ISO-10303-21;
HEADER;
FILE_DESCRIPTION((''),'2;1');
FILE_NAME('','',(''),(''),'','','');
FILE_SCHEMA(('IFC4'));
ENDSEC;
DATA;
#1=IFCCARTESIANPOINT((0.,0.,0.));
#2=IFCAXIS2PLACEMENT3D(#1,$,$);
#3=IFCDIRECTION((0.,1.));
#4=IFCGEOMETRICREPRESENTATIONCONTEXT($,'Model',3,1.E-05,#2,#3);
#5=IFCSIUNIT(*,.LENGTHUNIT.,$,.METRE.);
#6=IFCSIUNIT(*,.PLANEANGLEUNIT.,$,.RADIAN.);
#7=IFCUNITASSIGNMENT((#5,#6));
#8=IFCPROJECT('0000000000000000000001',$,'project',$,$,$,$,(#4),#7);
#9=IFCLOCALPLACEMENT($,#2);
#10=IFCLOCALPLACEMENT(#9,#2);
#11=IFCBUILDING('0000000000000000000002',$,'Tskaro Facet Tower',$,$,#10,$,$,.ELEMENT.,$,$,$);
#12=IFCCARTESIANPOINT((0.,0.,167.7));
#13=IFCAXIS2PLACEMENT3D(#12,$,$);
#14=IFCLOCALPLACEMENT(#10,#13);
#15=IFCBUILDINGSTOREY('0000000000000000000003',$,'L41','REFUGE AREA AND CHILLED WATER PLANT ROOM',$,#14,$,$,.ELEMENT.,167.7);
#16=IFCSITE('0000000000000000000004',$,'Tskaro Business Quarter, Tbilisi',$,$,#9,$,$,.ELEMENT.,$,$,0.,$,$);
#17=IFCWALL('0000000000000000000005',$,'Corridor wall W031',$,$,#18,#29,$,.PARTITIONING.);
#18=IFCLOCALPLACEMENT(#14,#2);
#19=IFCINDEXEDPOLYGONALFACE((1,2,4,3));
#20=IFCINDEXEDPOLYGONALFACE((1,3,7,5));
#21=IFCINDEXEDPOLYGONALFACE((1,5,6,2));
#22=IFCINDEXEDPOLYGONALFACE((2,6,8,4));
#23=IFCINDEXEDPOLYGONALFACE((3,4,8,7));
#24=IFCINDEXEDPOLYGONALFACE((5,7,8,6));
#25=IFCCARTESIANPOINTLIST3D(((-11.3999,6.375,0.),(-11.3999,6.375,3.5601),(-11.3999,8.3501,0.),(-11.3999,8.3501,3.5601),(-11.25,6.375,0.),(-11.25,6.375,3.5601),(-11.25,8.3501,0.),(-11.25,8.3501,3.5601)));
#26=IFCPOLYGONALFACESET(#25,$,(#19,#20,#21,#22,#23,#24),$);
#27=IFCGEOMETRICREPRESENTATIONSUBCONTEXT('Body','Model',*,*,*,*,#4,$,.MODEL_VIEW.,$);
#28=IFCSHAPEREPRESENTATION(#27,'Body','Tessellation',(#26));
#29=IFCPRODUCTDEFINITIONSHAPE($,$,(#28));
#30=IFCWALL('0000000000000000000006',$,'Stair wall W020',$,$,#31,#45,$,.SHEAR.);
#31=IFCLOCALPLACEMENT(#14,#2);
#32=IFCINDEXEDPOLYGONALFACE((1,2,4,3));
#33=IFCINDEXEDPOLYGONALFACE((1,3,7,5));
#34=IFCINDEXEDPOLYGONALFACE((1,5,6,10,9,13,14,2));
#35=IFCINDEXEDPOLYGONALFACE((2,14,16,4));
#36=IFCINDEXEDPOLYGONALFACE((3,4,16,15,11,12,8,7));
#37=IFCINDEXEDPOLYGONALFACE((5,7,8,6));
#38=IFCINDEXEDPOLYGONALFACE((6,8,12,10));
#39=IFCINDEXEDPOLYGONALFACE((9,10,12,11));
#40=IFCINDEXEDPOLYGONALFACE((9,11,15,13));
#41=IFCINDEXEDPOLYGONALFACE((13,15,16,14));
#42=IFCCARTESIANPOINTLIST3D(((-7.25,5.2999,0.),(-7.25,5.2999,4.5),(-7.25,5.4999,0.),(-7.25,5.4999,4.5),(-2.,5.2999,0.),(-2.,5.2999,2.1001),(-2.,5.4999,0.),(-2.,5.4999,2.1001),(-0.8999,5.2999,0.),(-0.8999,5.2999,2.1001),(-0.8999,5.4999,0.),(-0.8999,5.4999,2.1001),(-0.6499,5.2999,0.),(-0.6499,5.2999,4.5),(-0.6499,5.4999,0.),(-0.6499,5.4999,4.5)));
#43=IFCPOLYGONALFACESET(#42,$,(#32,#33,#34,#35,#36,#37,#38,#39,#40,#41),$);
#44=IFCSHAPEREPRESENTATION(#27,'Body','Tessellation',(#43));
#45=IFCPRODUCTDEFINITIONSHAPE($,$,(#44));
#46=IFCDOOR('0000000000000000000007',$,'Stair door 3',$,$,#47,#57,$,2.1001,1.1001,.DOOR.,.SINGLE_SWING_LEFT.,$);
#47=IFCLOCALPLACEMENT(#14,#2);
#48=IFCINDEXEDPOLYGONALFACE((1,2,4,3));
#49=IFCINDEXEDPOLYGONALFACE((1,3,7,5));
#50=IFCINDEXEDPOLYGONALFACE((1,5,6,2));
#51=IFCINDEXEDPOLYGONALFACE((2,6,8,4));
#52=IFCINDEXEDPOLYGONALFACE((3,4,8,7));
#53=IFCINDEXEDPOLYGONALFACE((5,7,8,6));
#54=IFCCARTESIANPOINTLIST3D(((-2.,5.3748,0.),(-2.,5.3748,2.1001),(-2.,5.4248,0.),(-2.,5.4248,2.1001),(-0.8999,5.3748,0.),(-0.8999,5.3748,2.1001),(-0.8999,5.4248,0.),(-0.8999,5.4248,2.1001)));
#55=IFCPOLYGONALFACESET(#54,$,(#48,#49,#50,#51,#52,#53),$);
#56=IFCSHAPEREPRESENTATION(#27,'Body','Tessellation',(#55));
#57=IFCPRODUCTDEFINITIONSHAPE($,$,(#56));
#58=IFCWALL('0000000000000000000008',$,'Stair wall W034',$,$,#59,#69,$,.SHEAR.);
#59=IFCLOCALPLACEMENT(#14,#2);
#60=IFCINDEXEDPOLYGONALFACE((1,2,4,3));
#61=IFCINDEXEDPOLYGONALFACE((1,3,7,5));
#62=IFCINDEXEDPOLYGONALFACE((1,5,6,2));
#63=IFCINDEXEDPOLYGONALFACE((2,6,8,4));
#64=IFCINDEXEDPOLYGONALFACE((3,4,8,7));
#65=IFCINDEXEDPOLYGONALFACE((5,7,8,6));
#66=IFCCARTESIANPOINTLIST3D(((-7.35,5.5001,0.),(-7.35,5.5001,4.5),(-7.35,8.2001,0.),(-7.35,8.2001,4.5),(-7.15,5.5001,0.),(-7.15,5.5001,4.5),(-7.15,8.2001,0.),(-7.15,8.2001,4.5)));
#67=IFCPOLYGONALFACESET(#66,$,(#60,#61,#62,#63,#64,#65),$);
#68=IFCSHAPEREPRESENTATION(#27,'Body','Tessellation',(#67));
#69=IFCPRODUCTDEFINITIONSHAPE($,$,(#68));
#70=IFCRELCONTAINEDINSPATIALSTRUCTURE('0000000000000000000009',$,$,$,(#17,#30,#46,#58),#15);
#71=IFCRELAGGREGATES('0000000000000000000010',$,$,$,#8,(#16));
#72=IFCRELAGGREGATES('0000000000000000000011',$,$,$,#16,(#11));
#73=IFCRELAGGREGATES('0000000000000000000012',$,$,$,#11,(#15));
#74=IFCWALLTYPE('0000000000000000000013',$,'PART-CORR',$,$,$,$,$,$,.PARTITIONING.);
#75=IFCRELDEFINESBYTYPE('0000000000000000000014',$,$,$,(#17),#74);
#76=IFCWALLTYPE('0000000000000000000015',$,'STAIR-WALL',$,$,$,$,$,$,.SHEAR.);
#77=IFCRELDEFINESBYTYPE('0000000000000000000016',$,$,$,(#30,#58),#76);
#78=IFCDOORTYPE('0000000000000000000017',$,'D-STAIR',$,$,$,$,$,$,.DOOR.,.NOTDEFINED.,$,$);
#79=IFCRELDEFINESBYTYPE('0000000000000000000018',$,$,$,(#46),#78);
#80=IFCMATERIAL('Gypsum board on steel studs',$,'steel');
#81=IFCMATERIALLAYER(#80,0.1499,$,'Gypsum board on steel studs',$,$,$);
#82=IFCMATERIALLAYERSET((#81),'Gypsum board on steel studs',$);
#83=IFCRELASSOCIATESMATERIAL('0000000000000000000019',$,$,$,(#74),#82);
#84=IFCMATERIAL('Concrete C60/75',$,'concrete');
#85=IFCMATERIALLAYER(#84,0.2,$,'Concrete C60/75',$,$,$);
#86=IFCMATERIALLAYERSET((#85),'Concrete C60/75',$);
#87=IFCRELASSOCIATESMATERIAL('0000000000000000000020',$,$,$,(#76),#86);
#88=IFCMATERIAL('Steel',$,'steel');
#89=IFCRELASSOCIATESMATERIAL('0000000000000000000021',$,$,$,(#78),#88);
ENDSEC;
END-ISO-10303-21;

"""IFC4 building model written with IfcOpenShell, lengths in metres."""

from ifc_helpers import new_model, si_unit, direction, frame, frame_2d, origin, place, context, subcontext, project, spatial, rectangle, extrude, material, layer, layer_set, type_object, element, fill, save


model = new_model("IFC4")

# Units and contexts
model_context = context("Model", 3, precision=1e-05, world=origin(), true_north=direction((0.0, 1.0)))
body_context = subcontext(model_context, "Body", "Model", "MODEL_VIEW")
ifc_project = project(units=[si_unit("LENGTHUNIT", "METRE"), si_unit("PLANEANGLEUNIT", "RADIAN")], contexts=[model_context])

# Site, building, storey
site_placement = place(None, origin())
site = spatial("IfcSite", under=ifc_project, at=site_placement, Name="Tskaro Business Quarter, Tbilisi", CompositionType="ELEMENT", RefElevation=0.0)
building_placement = place(site_placement, origin())
building = spatial("IfcBuilding", under=site, at=building_placement, Name="Tskaro Facet Tower", CompositionType="ELEMENT")
storey_placement = place(building_placement, frame((0.0, 0.0, 167.7)))
storey = spatial("IfcBuildingStorey", under=building, at=storey_placement, Name="L41", Description="REFUGE AREA AND CHILLED WATER PLANT ROOM", CompositionType="ELEMENT", Elevation=167.7)

# Shared definitions
ifc_material_1 = material(Name="Concrete C60/75", Category="concrete")

# Shared definitions
ifc_material_2 = material(Name="Steel", Category="steel")

# Wall
ifc_material_3 = material(Name="Gypsum board on steel studs", Category="steel")
ifc_layer_1 = layer(ifc_material_3, 0.1499, Name="Gypsum board on steel studs")
ifc_layer_set_1 = layer_set([ifc_layer_1], Name="Gypsum board on steel studs")
wall_type_1 = type_object("IfcWallType", Name="PART-CORR", PredefinedType="PARTITIONING", material=ifc_layer_set_1)
wall_1_placement = place(storey_placement, frame((-11.325, 6.375, 0.0), z_axis=(0.0, 0.0, 1.0), x_axis=(0.0, 1.0, 0.0)))
element("IfcWall", 1, at=wall_1_placement, inside=storey, type_object=wall_type_1, Name="Corridor wall W031", PredefinedType="PARTITIONING", context=body_context, shape_type="SweptSolid", body=[
    extrude(rectangle(XDim=1.9751, YDim=0.1499, at=frame_2d((0.9875, 0.0))), origin(), (0.0, 0.0, 1.0), 3.5601),
])

# Wall, opening, door
ifc_layer_2 = layer(ifc_material_1, 0.2, Name="Concrete C60/75")
ifc_layer_set_2 = layer_set([ifc_layer_2], Name="Concrete C60/75")
wall_type_2 = type_object("IfcWallType", Name="STAIR-WALL", PredefinedType="SHEAR", material=ifc_layer_set_2)
wall_2_placement = place(storey_placement, frame((-7.25, 5.3999, 0.0), z_axis=(0.0, 0.0, 1.0), x_axis=(1.0, 0.0, 0.0)))
wall_2 = element("IfcWall", 2, at=wall_2_placement, inside=storey, type_object=wall_type_2, Name="Stair wall W020", PredefinedType="SHEAR", context=body_context, shape_type="SweptSolid", body=[
    extrude(rectangle(XDim=6.6001, YDim=0.2, at=frame_2d((3.3, 0.0))), origin(), (0.0, 0.0, 1.0), 4.5),
])
opening_1_placement = place(wall_2_placement, frame((5.25, 0.0, 0.0)))
opening_1 = element("IfcOpeningElement", 3, at=opening_1_placement, cuts=wall_2, PredefinedType="OPENING", context=body_context, shape_type="SweptSolid", body=[
    extrude(rectangle(XDim=1.1001, YDim=2.1001, at=frame_2d((0.55, 1.05))), frame((0.0, 0.1099, 0.0), z_axis=(0.0, -1.0, 0.0), x_axis=(1.0, 0.0, 0.0)), (0.0, 0.0, 1.0), 0.22),
])
door_type_1 = type_object("IfcDoorType", Name="D-STAIR", OperationType="NOTDEFINED", PredefinedType="DOOR", material=ifc_material_2)
door_1_placement = place(opening_1_placement, origin())
door_1 = element("IfcDoor", 4, at=door_1_placement, inside=storey, type_object=door_type_1, Name="Stair door 3", OperationType="SINGLE_SWING_LEFT", OverallHeight=2.1001, OverallWidth=1.1001, PredefinedType="DOOR", context=body_context, shape_type="SweptSolid", body=[
    extrude(rectangle(XDim=1.1001, YDim=2.1001, at=frame_2d((0.55, 1.05))), frame((0.0, 0.0249, 0.0), z_axis=(0.0, -1.0, 0.0), x_axis=(1.0, 0.0, 0.0)), (0.0, 0.0, 1.0), 0.05),
])
fill(opening_1, door_1)

# Wall
wall_3_placement = place(storey_placement, frame((-7.25, 5.5, 0.0), z_axis=(0.0, 0.0, 1.0), x_axis=(0.0, 1.0, 0.0)))
element("IfcWall", 5, at=wall_3_placement, inside=storey, type_object=wall_type_2, Name="Stair wall W034", PredefinedType="SHEAR", context=body_context, shape_type="SweptSolid", body=[
    extrude(rectangle(XDim=2.7, YDim=0.2, at=frame_2d((1.3501, 0.0))), origin(), (0.0, 0.0, 1.0), 4.5),
])

save(model, "model.ifc")
